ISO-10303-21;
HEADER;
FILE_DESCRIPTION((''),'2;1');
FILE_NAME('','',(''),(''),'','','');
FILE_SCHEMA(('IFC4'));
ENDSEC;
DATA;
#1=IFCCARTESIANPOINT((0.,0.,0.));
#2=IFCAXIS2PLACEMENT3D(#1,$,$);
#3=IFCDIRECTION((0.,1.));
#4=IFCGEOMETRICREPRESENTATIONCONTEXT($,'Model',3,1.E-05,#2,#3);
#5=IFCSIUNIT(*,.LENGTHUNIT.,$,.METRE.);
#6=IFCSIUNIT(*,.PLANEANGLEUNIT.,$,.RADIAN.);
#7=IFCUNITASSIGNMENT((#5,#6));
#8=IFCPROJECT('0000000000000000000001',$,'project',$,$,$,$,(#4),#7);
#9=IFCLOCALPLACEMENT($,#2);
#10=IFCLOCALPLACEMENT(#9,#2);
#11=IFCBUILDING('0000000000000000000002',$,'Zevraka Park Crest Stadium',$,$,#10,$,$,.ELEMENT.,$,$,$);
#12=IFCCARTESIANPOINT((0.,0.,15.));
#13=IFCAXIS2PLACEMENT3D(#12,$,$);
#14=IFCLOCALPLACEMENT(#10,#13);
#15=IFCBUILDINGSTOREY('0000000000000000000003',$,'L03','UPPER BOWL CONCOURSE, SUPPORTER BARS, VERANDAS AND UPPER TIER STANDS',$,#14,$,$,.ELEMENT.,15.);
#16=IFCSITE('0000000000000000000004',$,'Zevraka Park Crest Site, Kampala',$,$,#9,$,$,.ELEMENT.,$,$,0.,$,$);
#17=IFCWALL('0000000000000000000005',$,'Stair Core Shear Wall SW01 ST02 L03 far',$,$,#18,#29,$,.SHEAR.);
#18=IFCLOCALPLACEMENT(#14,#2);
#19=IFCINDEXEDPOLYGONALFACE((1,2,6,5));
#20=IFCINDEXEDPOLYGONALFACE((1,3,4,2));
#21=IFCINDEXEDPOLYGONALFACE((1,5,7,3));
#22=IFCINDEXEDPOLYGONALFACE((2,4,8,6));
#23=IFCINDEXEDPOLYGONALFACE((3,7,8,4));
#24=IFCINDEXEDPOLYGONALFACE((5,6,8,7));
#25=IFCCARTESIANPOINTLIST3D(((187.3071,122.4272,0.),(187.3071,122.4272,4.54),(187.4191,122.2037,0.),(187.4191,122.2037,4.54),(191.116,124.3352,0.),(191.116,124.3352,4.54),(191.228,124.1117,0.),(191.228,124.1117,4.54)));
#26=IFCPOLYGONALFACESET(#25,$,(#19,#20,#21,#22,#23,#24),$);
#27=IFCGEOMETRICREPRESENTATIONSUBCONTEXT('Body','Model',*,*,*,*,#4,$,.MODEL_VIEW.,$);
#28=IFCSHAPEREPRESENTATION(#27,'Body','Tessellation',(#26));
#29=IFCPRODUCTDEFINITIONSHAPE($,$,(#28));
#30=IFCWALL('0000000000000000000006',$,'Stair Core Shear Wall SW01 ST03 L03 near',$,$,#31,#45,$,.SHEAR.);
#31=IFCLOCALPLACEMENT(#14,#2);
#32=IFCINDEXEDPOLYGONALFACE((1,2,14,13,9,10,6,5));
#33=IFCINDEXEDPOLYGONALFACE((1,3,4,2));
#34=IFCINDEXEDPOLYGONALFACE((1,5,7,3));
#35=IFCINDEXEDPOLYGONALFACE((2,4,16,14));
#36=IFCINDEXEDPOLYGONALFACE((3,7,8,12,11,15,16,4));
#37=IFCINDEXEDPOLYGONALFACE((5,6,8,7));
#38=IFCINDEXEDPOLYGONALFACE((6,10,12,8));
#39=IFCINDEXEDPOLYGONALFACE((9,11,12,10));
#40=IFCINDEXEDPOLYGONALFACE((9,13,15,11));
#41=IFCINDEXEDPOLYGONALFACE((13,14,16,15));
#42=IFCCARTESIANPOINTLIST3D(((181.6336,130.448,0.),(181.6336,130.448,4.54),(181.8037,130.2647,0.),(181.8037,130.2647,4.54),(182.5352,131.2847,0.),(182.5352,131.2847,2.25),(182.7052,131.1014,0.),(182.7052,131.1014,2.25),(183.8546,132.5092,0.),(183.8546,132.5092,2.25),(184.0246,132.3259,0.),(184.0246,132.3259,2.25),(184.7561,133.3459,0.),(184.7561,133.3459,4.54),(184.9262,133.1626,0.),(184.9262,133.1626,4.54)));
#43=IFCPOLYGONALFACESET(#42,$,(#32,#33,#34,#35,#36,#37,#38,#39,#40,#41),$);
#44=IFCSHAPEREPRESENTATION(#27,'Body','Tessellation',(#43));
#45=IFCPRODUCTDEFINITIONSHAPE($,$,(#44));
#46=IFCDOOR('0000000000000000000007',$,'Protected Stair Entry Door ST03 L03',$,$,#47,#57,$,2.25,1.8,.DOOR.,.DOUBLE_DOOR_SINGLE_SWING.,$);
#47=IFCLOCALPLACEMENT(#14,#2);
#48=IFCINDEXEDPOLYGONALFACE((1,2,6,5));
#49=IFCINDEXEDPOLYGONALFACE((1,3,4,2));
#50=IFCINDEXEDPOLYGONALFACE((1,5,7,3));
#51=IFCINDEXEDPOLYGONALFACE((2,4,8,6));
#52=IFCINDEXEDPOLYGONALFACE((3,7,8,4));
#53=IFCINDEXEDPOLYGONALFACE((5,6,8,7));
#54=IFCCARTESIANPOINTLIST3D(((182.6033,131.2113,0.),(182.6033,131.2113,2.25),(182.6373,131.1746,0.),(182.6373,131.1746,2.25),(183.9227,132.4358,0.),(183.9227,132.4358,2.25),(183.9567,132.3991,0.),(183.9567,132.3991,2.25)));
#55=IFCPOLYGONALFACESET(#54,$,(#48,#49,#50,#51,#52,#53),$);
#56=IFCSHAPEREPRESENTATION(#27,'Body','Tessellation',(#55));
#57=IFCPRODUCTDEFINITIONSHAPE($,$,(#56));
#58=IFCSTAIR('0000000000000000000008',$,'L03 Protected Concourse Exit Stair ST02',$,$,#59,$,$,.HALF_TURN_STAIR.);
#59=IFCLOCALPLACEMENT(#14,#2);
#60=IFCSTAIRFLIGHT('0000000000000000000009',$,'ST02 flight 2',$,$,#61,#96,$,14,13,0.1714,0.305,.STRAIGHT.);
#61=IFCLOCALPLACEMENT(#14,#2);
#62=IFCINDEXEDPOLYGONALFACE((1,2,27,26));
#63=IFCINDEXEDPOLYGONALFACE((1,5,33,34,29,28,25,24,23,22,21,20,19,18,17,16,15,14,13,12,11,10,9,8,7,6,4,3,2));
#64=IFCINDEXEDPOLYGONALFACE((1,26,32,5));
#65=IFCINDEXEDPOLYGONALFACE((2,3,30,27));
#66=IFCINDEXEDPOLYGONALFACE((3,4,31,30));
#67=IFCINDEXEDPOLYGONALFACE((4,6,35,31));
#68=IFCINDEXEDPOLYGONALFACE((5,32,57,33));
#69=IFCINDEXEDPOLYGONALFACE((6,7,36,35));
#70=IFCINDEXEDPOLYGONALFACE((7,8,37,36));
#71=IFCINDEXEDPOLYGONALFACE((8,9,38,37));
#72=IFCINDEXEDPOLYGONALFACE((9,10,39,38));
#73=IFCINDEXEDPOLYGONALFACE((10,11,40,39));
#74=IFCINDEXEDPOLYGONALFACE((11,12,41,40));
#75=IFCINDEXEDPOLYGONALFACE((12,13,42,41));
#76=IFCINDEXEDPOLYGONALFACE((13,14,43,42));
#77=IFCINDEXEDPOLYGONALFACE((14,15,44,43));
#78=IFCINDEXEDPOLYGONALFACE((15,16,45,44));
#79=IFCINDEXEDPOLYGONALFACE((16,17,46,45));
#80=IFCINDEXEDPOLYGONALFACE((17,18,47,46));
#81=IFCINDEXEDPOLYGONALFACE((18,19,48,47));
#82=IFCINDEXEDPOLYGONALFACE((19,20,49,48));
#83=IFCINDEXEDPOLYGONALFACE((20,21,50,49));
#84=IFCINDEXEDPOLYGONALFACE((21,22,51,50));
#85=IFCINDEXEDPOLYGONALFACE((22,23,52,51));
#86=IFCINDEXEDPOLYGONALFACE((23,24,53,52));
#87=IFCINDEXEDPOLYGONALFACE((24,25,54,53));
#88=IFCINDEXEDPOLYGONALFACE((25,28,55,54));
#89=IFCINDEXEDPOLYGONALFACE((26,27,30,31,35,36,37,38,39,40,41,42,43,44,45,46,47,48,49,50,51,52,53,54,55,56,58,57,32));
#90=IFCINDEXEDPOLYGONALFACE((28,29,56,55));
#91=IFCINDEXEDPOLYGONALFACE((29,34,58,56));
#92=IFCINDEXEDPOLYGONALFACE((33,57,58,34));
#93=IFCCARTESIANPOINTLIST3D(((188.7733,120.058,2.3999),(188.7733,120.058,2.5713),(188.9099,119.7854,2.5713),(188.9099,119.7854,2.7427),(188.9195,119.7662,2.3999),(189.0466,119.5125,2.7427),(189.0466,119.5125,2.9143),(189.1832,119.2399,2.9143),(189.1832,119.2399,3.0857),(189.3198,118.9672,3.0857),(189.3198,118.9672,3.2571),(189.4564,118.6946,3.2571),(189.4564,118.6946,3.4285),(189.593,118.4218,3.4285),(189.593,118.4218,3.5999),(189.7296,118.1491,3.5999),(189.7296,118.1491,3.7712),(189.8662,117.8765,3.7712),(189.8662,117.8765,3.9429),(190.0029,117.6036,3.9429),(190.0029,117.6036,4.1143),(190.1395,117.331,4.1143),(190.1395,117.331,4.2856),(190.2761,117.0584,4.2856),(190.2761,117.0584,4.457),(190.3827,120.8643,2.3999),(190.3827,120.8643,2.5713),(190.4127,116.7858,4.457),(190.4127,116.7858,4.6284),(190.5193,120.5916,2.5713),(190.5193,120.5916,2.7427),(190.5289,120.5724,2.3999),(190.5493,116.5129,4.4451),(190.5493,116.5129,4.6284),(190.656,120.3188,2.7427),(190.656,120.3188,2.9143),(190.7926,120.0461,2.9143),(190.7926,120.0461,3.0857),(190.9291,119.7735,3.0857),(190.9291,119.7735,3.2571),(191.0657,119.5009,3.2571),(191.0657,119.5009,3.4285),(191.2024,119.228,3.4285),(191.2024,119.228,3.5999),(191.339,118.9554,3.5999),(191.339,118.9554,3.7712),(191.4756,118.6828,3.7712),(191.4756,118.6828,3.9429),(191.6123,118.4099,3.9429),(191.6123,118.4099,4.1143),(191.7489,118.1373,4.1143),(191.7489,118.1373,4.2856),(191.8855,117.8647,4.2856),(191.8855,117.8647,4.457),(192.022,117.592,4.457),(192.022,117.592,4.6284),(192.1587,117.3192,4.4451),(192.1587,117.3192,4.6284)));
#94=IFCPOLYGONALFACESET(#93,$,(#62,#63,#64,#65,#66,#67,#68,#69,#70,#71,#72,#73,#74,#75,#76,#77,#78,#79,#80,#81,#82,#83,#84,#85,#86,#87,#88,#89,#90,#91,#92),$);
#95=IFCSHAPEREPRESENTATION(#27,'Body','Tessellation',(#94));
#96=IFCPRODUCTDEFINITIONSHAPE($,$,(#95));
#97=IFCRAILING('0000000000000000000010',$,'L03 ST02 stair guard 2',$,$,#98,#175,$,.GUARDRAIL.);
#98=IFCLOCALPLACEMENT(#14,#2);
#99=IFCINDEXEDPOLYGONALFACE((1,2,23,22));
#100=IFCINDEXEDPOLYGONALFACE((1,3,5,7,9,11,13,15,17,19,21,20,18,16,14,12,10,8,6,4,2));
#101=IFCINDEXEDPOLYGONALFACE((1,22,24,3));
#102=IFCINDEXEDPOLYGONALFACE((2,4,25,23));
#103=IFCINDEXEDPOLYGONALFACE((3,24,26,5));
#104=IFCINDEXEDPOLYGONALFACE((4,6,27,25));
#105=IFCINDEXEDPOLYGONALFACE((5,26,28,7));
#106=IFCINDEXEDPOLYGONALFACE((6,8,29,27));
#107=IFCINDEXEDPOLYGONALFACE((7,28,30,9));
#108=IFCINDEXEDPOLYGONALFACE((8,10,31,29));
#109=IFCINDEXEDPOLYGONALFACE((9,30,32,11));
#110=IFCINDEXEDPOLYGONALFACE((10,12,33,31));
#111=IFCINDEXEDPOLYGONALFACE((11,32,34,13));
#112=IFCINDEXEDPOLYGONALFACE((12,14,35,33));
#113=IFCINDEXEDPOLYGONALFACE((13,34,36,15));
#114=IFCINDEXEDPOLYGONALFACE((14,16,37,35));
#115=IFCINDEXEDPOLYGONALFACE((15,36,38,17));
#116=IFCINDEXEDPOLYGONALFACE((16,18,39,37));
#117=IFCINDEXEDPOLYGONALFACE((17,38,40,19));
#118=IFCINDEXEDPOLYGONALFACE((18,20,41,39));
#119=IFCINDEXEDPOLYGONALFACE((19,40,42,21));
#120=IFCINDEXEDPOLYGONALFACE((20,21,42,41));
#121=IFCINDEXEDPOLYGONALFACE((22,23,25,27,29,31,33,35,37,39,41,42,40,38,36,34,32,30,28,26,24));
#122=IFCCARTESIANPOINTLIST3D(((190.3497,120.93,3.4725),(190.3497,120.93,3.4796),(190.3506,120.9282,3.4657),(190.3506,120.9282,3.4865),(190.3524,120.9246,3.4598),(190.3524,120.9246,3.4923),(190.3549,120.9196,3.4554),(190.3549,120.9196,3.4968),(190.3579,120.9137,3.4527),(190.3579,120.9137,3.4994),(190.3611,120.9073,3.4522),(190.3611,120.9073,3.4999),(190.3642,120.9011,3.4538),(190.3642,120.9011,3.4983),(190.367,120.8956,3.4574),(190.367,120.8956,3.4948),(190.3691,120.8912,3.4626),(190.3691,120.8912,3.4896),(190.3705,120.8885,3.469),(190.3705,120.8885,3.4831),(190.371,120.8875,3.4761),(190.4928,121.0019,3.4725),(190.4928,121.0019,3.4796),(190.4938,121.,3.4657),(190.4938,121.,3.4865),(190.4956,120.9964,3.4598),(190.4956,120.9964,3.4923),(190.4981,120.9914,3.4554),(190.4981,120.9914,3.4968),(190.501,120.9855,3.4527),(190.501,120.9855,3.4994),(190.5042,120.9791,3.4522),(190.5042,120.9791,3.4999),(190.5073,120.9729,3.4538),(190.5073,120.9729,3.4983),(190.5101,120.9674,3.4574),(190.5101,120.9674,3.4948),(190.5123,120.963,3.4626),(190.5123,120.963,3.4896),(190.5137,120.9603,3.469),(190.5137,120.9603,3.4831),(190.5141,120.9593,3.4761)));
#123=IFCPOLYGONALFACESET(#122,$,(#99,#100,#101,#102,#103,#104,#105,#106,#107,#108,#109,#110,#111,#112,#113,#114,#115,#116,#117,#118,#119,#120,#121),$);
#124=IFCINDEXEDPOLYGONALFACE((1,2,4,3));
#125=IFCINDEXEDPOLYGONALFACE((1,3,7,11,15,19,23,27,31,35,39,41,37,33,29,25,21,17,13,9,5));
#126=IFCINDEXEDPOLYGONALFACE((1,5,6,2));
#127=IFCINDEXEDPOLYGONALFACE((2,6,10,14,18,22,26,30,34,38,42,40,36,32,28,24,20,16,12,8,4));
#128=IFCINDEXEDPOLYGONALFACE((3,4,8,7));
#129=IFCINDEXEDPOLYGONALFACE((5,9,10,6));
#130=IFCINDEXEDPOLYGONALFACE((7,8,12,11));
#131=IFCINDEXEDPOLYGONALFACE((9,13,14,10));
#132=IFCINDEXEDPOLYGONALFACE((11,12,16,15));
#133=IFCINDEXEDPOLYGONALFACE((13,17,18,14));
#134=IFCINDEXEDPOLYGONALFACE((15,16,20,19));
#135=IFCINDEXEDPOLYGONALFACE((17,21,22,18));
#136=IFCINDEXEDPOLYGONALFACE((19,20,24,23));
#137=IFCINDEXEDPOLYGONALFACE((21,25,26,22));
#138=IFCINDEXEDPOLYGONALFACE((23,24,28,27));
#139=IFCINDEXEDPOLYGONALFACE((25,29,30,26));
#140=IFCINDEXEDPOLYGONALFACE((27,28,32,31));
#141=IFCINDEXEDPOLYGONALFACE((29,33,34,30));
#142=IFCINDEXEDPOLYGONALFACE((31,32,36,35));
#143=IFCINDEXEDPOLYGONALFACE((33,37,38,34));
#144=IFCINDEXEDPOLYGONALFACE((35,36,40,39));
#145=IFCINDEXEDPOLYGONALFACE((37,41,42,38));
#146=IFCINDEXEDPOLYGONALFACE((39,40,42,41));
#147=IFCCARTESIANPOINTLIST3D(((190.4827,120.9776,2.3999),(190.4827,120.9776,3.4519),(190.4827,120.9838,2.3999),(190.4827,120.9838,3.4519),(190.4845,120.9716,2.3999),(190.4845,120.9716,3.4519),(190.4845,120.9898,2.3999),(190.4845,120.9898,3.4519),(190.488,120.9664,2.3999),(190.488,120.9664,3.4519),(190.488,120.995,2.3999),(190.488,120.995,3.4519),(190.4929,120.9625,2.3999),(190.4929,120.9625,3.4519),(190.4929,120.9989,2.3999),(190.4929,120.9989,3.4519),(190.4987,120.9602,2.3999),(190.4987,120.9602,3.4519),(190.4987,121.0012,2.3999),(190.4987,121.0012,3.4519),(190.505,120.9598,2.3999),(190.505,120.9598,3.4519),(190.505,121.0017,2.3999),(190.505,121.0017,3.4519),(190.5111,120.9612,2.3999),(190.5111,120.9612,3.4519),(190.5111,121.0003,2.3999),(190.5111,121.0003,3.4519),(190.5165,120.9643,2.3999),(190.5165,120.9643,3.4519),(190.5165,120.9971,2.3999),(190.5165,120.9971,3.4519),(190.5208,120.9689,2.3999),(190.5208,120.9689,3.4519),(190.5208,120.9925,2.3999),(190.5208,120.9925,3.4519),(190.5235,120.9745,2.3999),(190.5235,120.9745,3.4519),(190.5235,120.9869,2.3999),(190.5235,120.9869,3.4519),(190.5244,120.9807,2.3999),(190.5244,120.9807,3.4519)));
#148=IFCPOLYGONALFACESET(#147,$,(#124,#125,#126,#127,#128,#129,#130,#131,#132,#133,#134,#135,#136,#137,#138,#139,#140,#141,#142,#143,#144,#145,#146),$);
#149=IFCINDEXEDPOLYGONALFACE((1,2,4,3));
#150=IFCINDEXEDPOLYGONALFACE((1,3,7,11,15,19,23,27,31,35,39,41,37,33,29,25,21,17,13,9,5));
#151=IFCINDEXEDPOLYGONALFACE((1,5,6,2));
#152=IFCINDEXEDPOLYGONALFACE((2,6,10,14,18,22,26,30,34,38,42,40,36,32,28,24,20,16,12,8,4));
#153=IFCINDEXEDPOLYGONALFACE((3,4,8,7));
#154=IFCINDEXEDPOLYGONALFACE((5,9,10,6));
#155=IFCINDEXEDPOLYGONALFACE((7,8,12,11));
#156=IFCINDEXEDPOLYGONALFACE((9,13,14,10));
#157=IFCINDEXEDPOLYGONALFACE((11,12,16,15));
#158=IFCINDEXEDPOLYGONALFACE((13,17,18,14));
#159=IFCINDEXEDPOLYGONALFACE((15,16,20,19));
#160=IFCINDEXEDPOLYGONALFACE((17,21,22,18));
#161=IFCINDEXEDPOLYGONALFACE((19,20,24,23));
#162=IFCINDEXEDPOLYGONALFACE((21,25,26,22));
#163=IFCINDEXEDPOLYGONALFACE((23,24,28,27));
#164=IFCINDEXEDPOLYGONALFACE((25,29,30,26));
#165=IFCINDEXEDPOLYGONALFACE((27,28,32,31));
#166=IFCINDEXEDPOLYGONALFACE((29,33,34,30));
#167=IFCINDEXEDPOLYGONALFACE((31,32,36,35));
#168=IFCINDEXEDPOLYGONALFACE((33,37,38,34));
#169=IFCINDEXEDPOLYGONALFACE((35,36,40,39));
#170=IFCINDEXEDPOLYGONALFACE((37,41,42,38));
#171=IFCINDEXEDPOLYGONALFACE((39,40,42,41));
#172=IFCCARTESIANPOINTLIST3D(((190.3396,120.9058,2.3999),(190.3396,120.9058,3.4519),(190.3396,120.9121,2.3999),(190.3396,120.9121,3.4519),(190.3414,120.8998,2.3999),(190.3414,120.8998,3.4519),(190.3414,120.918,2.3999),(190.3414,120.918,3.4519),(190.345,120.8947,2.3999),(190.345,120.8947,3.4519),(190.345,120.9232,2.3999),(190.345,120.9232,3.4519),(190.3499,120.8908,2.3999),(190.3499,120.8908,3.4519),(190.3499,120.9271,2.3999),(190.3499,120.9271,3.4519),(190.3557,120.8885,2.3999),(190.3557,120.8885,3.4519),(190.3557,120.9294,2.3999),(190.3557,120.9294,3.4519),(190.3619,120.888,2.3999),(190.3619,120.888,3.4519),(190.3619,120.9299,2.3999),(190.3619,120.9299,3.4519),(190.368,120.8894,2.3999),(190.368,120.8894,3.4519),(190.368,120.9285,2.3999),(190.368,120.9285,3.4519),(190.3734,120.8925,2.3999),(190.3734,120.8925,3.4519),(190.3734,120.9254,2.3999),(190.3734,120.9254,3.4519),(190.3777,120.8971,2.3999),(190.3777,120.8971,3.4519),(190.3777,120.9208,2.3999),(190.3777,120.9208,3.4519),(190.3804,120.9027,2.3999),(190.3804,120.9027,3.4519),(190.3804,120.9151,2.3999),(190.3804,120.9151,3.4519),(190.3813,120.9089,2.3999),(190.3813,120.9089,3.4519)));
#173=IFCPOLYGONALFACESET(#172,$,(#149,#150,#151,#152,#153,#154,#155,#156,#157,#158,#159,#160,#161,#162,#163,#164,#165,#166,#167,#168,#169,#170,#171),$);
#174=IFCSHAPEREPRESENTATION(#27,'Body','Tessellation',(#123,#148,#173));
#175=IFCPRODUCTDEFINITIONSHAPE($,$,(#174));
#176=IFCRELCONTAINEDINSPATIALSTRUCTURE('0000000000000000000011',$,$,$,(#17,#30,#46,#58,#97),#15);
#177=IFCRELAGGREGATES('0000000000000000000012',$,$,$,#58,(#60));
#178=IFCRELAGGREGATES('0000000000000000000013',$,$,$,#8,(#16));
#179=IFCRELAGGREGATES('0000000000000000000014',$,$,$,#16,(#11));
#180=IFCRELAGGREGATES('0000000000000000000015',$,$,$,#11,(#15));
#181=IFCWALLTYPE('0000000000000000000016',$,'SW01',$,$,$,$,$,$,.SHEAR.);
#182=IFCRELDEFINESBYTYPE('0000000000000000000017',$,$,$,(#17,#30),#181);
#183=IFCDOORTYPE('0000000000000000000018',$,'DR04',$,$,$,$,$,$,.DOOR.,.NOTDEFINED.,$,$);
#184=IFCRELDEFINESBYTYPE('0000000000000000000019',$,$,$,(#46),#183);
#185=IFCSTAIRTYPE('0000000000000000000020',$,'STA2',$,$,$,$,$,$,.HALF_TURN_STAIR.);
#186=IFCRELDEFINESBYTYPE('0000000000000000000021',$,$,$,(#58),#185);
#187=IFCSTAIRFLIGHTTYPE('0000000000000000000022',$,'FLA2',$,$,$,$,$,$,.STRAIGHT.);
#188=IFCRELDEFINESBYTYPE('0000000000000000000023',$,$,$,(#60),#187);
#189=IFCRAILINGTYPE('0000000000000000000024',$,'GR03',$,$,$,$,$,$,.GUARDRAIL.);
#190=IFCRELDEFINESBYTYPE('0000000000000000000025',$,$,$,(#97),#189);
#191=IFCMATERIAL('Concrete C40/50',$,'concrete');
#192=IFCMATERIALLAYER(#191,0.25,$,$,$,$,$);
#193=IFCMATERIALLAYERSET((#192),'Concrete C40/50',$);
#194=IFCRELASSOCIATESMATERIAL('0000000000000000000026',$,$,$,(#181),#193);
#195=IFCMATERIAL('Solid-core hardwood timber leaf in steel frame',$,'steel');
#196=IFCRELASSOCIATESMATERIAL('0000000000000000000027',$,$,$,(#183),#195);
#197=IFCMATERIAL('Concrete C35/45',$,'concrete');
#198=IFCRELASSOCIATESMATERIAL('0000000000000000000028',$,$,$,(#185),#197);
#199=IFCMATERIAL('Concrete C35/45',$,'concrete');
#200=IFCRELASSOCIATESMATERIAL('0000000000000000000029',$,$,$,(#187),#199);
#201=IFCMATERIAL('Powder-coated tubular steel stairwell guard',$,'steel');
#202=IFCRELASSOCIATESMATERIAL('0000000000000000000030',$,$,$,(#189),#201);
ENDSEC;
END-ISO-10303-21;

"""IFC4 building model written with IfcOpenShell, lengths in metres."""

from ifc_helpers import new_model, si_unit, direction, frame, frame_2d, origin, origin_2d, place, context, subcontext, project, spatial, polyline, rectangle, circle, outline, extrude, material, layer, layer_set, type_object, element, fill, aggregate, save


model = new_model("IFC4")

# Units and contexts
model_context = context("Model", 3, precision=1e-05, world=origin(), true_north=direction((0.0, 1.0)))
body_context = subcontext(model_context, "Body", "Model", "MODEL_VIEW")
ifc_project = project(units=[si_unit("LENGTHUNIT", "METRE"), si_unit("PLANEANGLEUNIT", "RADIAN")], contexts=[model_context])

# Site, building, storey
site_placement = place(None, origin())
site = spatial("IfcSite", under=ifc_project, at=site_placement, Name="Zevraka Park Crest Site, Kampala", CompositionType="ELEMENT", RefElevation=0.0)
building_placement = place(site_placement, origin())
building = spatial("IfcBuilding", under=site, at=building_placement, Name="Zevraka Park Crest Stadium", CompositionType="ELEMENT")
storey_placement = place(building_placement, frame((0.0, 0.0, 15.0)))
storey = spatial("IfcBuildingStorey", under=building, at=storey_placement, Name="L03", Description="UPPER BOWL CONCOURSE, SUPPORTER BARS, VERANDAS AND UPPER TIER STANDS", CompositionType="ELEMENT", Elevation=15.0)

# Wall
ifc_material_1 = material(Name="Concrete C40/50", Category="concrete")
ifc_layer = layer(ifc_material_1, 0.25)
ifc_layer_set = layer_set([ifc_layer], Name="Concrete C40/50")
wall_type = type_object("IfcWallType", Name="SW01", PredefinedType="SHEAR", material=ifc_layer_set)
wall_1_placement = place(storey_placement, frame((191.1719, 124.2234, 0.0), z_axis=(0.0, 0.0, 1.0), x_axis=(-0.894095, -0.447878, 0.0)))
element("IfcWall", 1, at=wall_1_placement, inside=storey, type_object=wall_type, Name="Stair Core Shear Wall SW01 ST02 L03 far", PredefinedType="SHEAR", context=body_context, shape_type="SweptSolid", body=[
    extrude(rectangle(XDim=4.26, YDim=0.25, at=frame_2d((2.1299, 0.0))), origin(), (0.0, 0.0, 1.0), 4.54),
])

# Wall, opening, door
wall_2_placement = place(storey_placement, frame((181.7188, 130.3564, 0.0), z_axis=(0.0, 0.0, 1.0), x_axis=(0.732977, 0.680253, 0.0)))
wall_2 = element("IfcWall", 2, at=wall_2_placement, inside=storey, type_object=wall_type, Name="Stair Core Shear Wall SW01 ST03 L03 near", PredefinedType="SHEAR", context=body_context, shape_type="SweptSolid", body=[
    extrude(rectangle(XDim=4.26, YDim=0.25, at=frame_2d((2.1299, 0.0))), origin(), (0.0, 0.0, 1.0), 4.54),
])
opening_placement = place(wall_2_placement, frame((1.23, 0.0, 0.0)))
opening = element("IfcOpeningElement", 3, at=opening_placement, cuts=wall_2, PredefinedType="OPENING", context=body_context, shape_type="SweptSolid", body=[
    extrude(rectangle(XDim=1.8, YDim=2.25, at=frame_2d((0.8999, 1.125))), frame((0.0, 0.135, 0.0), z_axis=(0.0, -1.0, 0.0), x_axis=(1.0, 0.0, 0.0)), (0.0, 0.0, 1.0), 0.27),
])
ifc_material_2 = material(Name="Solid-core hardwood timber leaf in steel frame", Category="steel")
door_type = type_object("IfcDoorType", Name="DR04", OperationType="NOTDEFINED", PredefinedType="DOOR", material=ifc_material_2)
door_placement = place(opening_placement, origin())
door = element("IfcDoor", 4, at=door_placement, inside=storey, type_object=door_type, Name="Protected Stair Entry Door ST03 L03", OperationType="DOUBLE_DOOR_SINGLE_SWING", OverallHeight=2.25, OverallWidth=1.8, PredefinedType="DOOR", context=body_context, shape_type="SweptSolid", body=[
    extrude(rectangle(XDim=1.8, YDim=2.25, at=frame_2d((0.8999, 1.125))), frame((0.0, 0.0249, 0.0), z_axis=(0.0, -1.0, 0.0), x_axis=(1.0, 0.0, 0.0)), (0.0, 0.0, 1.0), 0.05),
])
fill(opening, door)

# Stair, stair flight
ifc_material_3 = material(Name="Concrete C35/45", Category="concrete")
stair_type = type_object("IfcStairType", Name="STA2", PredefinedType="HALF_TURN_STAIR", material=ifc_material_3)
stair_placement = place(storey_placement, origin())
stair = element("IfcStair", 5, at=stair_placement, inside=storey, type_object=stair_type, Name="L03 Protected Concourse Exit Stair ST02", PredefinedType="HALF_TURN_STAIR")
ifc_material_4 = material(Name="Concrete C35/45", Category="concrete")
stair_flight_type = type_object("IfcStairFlightType", Name="FLA2", PredefinedType="STRAIGHT", material=ifc_material_4)
stair_flight_placement = place(storey_placement, frame((189.5781, 120.4612, 2.3999), z_axis=(0.0, 0.0, 1.0), x_axis=(0.447915, -0.894076, 0.0)))
stair_flight = element("IfcStairFlight", 6, at=stair_flight_placement, type_object=stair_flight_type, Name="ST02 flight 2", NumberOfRisers=14, NumberOfTreads=13, PredefinedType="STRAIGHT", RiserHeight=0.1714, TreadLength=0.305, context=body_context, shape_type="SweptSolid", body=[
    extrude(outline(polyline([(0.0, 0.0), (0.0, 0.1714), (0.3049, 0.1714), (0.3049, 0.3428), (0.6101, 0.3428), (0.6101, 0.5144), (0.915, 0.5144), (0.915, 0.6858), (1.22, 0.6858), (1.22, 0.8572), (1.5249, 0.8572), (1.5249, 1.0286), (1.8301, 1.0286), (1.8301, 1.2), (2.135, 1.2), (2.135, 1.3713), (2.4399, 1.3713), (2.4399, 1.543), (2.7451, 1.543), (2.7451, 1.7144), (3.05, 1.7144), (3.05, 1.8857), (3.355, 1.8857), (3.355, 2.0571), (3.6599, 2.0571), (3.6599, 2.2285), (3.9651, 2.2285), (3.9651, 2.3999), (3.9651, 2.0452), (0.3264, 0.0), (0.0, 0.0)])), frame((0.0, 0.8999, 0.0), z_axis=(0.0, -1.0, 0.0), x_axis=(1.0, 0.0, 0.0)), (0.0, 0.0, 1.0), 1.8),
])
aggregate(stair, [stair_flight])

# Railing
ifc_material_5 = material(Name="Powder-coated tubular steel stairwell guard", Category="steel")
railing_type_1 = type_object("IfcRailingType", Name="GR03", PredefinedType="GUARDRAIL", material=ifc_material_5)
railing_1_placement = place(storey_placement, frame((190.5034, 120.9807, 2.3999)))
element("IfcRailing", 7, at=railing_1_placement, inside=storey, type_object=railing_type_1, Name="L03 ST02 stair guard 2", PredefinedType="GUARDRAIL", context=body_context, shape_type="SweptSolid", body=[
    extrude(circle(Radius=0.0239, at=origin_2d()), frame((0.0, 0.0, 1.0762), z_axis=(-0.893816, -0.448433, 0.0), x_axis=(0.448433, -0.893816, 0.0)), (0.0, 0.0, 1.0), 0.1602),
    extrude(circle(Radius=0.021, at=origin_2d()), origin(), (0.0, 0.0, 1.0), 1.052),
    extrude(circle(Radius=0.021, at=origin_2d()), frame((-0.1431, -0.0718, 0.0)), (0.0, 0.0, 1.0), 1.052),
])

save(model, "model.ifc")
